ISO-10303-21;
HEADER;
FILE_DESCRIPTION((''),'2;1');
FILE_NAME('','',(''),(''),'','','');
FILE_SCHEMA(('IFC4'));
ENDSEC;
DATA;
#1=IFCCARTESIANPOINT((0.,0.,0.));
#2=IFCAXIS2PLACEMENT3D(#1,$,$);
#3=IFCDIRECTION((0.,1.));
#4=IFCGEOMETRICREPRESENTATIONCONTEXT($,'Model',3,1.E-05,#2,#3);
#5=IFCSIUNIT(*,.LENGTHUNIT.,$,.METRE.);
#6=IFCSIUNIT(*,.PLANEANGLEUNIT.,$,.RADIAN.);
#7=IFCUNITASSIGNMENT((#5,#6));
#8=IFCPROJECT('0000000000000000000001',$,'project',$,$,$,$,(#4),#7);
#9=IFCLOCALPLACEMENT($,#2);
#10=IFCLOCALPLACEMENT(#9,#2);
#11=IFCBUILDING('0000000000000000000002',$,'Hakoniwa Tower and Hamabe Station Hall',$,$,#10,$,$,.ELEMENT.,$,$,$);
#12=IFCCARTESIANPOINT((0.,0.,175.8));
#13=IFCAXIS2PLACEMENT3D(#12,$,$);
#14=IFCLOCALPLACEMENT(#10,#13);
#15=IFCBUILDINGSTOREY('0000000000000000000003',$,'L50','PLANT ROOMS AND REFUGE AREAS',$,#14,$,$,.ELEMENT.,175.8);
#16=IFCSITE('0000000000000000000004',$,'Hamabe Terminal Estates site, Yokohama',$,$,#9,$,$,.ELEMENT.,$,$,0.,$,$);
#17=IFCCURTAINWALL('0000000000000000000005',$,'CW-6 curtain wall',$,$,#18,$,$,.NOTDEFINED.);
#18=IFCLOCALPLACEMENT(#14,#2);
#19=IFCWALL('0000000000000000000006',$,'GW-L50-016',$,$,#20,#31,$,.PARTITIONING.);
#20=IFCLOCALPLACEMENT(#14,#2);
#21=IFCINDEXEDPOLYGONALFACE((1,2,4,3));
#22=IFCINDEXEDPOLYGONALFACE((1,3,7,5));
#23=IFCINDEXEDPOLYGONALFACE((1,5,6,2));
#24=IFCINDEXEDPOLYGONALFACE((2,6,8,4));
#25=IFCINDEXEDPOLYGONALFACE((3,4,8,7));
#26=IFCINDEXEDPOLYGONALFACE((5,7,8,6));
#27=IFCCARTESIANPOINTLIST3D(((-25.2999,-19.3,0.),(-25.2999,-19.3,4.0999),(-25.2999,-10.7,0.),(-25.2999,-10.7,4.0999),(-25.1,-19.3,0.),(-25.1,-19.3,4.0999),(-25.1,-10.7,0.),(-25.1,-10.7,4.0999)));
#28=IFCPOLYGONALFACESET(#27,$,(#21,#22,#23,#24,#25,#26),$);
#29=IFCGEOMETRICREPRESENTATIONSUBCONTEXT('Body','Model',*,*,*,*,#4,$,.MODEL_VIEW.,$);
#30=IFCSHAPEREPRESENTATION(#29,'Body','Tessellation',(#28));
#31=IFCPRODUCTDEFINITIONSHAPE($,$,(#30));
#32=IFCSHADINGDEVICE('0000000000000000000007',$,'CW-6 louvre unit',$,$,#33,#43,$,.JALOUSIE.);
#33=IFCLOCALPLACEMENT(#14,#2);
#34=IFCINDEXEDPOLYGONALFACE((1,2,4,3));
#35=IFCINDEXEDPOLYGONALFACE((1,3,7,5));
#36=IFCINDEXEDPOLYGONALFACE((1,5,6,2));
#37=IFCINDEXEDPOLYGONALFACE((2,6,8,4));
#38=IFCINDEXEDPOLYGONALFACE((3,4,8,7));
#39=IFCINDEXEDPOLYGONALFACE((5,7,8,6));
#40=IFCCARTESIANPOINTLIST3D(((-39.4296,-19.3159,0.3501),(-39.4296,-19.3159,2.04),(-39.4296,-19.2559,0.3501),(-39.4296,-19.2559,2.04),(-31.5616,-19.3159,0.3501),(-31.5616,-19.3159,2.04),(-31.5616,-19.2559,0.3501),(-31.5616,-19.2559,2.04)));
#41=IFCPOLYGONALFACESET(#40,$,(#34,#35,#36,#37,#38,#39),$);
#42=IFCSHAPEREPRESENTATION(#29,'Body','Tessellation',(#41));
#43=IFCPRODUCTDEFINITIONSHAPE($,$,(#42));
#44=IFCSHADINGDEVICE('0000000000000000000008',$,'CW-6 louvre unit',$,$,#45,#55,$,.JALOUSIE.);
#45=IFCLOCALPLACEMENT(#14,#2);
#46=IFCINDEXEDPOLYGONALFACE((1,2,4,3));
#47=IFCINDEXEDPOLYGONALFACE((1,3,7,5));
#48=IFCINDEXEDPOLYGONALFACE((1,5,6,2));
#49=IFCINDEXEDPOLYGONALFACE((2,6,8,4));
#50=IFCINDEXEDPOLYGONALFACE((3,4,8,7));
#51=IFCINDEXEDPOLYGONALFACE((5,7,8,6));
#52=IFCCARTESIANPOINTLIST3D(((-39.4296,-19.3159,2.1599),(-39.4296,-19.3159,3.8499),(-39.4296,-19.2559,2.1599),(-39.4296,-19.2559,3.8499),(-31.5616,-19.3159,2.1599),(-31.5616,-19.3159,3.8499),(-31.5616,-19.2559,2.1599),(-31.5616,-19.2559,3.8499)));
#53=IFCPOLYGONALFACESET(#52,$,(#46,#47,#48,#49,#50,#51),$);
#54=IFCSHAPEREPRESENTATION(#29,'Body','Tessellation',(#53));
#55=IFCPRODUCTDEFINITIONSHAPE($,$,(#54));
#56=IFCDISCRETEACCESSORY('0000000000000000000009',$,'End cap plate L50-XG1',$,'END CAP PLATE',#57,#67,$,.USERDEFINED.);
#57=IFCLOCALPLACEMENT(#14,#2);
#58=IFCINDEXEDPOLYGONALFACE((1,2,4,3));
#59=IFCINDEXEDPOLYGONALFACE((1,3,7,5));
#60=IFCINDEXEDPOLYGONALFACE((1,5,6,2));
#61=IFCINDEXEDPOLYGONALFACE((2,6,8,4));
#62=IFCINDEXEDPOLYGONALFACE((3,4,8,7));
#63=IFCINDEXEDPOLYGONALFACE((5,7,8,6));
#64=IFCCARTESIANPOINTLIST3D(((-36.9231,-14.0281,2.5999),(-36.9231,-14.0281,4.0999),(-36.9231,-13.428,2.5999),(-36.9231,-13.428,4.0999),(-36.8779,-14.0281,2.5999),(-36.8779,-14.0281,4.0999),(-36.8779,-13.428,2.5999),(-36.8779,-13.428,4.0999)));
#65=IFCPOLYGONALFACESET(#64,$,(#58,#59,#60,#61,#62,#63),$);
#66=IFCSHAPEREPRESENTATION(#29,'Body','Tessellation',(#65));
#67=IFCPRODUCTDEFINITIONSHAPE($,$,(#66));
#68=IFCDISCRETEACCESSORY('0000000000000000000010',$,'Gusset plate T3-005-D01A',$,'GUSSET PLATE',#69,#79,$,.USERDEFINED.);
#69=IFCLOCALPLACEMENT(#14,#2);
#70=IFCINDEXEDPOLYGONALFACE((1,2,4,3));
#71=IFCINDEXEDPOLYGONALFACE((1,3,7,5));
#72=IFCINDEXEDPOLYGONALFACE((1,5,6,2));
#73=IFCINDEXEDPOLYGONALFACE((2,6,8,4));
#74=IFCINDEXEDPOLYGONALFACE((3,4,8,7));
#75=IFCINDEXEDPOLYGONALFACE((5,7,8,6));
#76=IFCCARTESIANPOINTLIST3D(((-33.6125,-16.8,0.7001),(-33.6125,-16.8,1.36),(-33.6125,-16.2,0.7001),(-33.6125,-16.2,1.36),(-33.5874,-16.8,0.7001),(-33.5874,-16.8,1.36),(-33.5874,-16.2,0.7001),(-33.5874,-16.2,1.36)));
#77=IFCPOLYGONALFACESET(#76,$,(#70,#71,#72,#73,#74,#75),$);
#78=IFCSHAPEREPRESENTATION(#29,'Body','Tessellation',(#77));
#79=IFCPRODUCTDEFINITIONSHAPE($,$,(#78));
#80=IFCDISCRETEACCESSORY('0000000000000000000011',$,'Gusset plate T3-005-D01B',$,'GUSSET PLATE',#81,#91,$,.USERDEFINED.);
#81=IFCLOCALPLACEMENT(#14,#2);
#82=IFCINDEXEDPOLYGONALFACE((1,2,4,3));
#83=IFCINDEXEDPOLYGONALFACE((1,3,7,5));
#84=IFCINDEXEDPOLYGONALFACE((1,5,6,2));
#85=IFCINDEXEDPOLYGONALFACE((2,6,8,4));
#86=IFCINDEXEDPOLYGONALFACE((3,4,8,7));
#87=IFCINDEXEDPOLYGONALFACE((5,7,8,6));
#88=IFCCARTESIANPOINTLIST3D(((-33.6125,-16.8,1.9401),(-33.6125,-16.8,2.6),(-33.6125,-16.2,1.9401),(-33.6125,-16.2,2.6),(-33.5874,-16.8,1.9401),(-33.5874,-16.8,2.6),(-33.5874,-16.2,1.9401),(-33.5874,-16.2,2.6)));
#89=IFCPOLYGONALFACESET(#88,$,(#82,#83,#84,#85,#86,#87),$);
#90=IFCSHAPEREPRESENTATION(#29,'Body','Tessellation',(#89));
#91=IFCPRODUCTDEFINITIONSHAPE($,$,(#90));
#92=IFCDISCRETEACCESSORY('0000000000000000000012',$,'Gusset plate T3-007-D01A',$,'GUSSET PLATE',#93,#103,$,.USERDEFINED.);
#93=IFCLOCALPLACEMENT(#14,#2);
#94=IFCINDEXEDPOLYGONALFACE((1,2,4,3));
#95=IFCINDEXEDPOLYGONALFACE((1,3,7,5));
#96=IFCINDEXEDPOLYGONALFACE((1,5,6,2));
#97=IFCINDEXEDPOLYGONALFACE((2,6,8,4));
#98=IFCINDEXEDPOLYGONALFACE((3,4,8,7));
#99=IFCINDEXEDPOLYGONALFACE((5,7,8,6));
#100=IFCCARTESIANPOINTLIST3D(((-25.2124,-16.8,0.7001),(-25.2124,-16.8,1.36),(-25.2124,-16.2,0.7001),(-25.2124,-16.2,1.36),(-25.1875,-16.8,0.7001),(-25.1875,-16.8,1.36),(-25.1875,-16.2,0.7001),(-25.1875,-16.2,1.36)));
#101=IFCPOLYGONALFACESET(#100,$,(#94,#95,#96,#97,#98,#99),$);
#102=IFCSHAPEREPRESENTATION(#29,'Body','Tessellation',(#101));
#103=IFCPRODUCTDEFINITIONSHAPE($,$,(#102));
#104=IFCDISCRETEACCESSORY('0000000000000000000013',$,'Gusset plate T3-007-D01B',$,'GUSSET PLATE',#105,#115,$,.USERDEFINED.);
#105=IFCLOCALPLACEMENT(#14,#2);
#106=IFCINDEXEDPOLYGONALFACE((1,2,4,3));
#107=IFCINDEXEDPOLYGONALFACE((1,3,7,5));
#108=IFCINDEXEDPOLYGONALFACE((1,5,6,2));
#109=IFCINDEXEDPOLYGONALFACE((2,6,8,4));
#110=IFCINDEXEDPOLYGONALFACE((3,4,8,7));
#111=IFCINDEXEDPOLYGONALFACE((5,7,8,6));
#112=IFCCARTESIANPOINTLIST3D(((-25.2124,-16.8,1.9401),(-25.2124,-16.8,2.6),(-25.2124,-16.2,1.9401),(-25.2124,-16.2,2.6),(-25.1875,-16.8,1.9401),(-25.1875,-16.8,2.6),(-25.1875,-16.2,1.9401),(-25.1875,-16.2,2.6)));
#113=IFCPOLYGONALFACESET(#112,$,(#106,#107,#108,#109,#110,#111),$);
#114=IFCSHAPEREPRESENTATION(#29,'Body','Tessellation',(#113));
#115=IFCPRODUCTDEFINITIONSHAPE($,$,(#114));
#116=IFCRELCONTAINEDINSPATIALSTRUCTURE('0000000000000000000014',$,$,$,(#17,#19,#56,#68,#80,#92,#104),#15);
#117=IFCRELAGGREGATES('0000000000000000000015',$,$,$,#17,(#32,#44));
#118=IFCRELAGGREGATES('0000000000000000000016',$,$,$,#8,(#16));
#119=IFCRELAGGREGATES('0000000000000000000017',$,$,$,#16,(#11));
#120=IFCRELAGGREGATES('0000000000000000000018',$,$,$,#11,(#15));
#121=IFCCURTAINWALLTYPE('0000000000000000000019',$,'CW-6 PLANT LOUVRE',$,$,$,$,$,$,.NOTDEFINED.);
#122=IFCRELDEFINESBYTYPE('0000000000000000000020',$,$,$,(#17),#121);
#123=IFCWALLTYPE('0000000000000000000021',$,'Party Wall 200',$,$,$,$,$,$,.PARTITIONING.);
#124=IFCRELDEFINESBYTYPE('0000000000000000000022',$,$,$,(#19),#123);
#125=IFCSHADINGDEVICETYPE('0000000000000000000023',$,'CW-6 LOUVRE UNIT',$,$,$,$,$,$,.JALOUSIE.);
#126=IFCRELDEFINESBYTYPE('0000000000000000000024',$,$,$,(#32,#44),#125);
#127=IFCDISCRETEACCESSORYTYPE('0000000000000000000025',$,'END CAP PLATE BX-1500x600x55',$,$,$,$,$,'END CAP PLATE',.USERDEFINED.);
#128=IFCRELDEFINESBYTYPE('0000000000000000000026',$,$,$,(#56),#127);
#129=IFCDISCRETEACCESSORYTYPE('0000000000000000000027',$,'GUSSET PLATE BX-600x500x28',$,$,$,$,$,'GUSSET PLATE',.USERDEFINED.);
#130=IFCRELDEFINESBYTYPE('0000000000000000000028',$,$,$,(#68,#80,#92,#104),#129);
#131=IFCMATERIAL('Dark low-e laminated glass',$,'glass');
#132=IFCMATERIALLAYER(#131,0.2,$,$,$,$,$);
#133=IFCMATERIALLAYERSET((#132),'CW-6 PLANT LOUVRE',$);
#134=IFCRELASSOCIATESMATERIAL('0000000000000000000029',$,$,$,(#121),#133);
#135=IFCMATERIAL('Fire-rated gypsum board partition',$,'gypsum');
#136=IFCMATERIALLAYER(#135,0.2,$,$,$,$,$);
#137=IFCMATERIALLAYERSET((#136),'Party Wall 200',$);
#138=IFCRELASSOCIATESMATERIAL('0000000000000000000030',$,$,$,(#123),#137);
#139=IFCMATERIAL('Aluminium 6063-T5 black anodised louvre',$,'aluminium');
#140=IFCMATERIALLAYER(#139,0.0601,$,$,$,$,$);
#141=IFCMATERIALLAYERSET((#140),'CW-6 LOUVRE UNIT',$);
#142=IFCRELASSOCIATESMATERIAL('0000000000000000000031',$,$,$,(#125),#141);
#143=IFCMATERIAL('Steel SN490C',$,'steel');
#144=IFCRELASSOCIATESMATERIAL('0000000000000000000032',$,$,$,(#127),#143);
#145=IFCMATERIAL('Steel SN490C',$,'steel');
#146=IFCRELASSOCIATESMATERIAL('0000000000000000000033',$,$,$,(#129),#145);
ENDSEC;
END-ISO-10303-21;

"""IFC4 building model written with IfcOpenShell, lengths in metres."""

from ifc_helpers import new_model, si_unit, direction, frame, frame_2d, origin, origin_2d, place, context, subcontext, project, spatial, rectangle, extrude, material, layer, layer_set, material_profile, profile_set, type_object, element, aggregate, save


model = new_model("IFC4")

# Units and contexts
model_context = context("Model", 3, precision=1e-05, world=origin(), true_north=direction((0.0, 1.0)))
body_context = subcontext(model_context, "Body", "Model", "MODEL_VIEW")
ifc_project = project(units=[si_unit("LENGTHUNIT", "METRE"), si_unit("PLANEANGLEUNIT", "RADIAN")], contexts=[model_context])

# Site, building, storey
site_placement = place(None, origin())
site = spatial("IfcSite", under=ifc_project, at=site_placement, Name="Hamabe Terminal Estates site, Yokohama", CompositionType="ELEMENT", RefElevation=0.0)
building_placement = place(site_placement, origin())
building = spatial("IfcBuilding", under=site, at=building_placement, Name="Hakoniwa Tower and Hamabe Station Hall", CompositionType="ELEMENT")
storey_placement = place(building_placement, frame((0.0, 0.0, 175.8)))
storey = spatial("IfcBuildingStorey", under=building, at=storey_placement, Name="L50", Description="PLANT ROOMS AND REFUGE AREAS", CompositionType="ELEMENT", Elevation=175.8)

# Curtain wall
ifc_material_1 = material(Name="Dark low-e laminated glass", Category="glass")
ifc_layer_1 = layer(ifc_material_1, 0.2)
ifc_layer_set_1 = layer_set([ifc_layer_1], Name="CW-6 PLANT LOUVRE")
curtain_wall_type = type_object("IfcCurtainWallType", Name="CW-6 PLANT LOUVRE", PredefinedType="NOTDEFINED", material=ifc_layer_set_1)
curtain_wall_1_placement = place(storey_placement, origin())
curtain_wall_1 = element("IfcCurtainWall", 1, at=curtain_wall_1_placement, inside=storey, type_object=curtain_wall_type, Name="CW-6 curtain wall", PredefinedType="NOTDEFINED")

# Wall
ifc_material_2 = material(Name="Fire-rated gypsum board partition", Category="gypsum")
ifc_layer_2 = layer(ifc_material_2, 0.2)
ifc_layer_set_2 = layer_set([ifc_layer_2], Name="Party Wall 200")
wall_type = type_object("IfcWallType", Name="Party Wall 200", PredefinedType="PARTITIONING", material=ifc_layer_set_2)
for number, where, z_axis, x_axis, name in (
    (2, (-25.2, -19.3, 0.0), (0.0, 0.0, 1.0), (0.0, 1.0, 0.0), "GW-L50-016"),
):
    element("IfcWall", number, at=place(storey_placement, frame(where, z_axis=z_axis, x_axis=x_axis)), inside=storey, type_object=wall_type, Name=name, PredefinedType="PARTITIONING", context=body_context, shape_type="SweptSolid", body=[
        extrude(rectangle(XDim=8.6001, YDim=0.2, at=frame_2d((4.3, 0.0))), origin(), (0.0, 0.0, 1.0), 4.0999),
    ])

# Shading devices
ifc_material_3 = material(Name="Aluminium 6063-T5 black anodised louvre", Category="aluminium")
ifc_layer_3 = layer(ifc_material_3, 0.0601)
ifc_layer_set_3 = layer_set([ifc_layer_3], Name="CW-6 LOUVRE UNIT")
shading_device_type = type_object("IfcShadingDeviceType", Name="CW-6 LOUVRE UNIT", PredefinedType="JALOUSIE", material=ifc_layer_set_3)
shading_device_1_placement = place(storey_placement, frame((-35.4956, -19.2859, 0.3501), z_axis=(0.0, 0.0, 1.0), x_axis=(1.0, 0.0, 0.0)))
shading_device_1 = element("IfcShadingDevice", 3, at=shading_device_1_placement, type_object=shading_device_type, Name="CW-6 louvre unit", PredefinedType="JALOUSIE", context=body_context, shape_type="SweptSolid", body=[
    extrude(rectangle(XDim=7.8679, YDim=0.0601, at=origin_2d()), origin(), (0.0, 0.0, 1.0), 1.6899),
])
shading_device_2_placement = place(storey_placement, frame((-35.4956, -19.2859, 2.1599), z_axis=(0.0, 0.0, 1.0), x_axis=(1.0, 0.0, 0.0)))
shading_device_2 = element("IfcShadingDevice", 4, at=shading_device_2_placement, type_object=shading_device_type, Name="CW-6 louvre unit", PredefinedType="JALOUSIE", context=body_context, shape_type="SweptSolid", body=[
    extrude(rectangle(XDim=7.8679, YDim=0.0601, at=origin_2d()), origin(), (0.0, 0.0, 1.0), 1.6899),
])
aggregate(curtain_wall_1, [shading_device_1, shading_device_2])

# Discrete accessories
ifc_material_4 = material(Name="Steel SN490C", Category="steel")
ifc_material_profile_1 = material_profile(ifc_material_4, rectangle(XDim=0.6001, YDim=1.5, at=origin_2d()), Name="END CAP PLATE BX-1500x600x55")
ifc_profile_set_1 = profile_set([ifc_material_profile_1], Name="Steel SN490C")
discrete_accessory_type_1 = type_object("IfcDiscreteAccessoryType", Name="END CAP PLATE BX-1500x600x55", ElementType="END CAP PLATE", PredefinedType="USERDEFINED", material=ifc_profile_set_1)
discrete_accessory_placement = place(storey_placement, frame((-36.9231, -13.728, 3.3499), z_axis=(1.0, 0.0, 0.0), x_axis=(0.0, 1.0, 0.0)))
element("IfcDiscreteAccessory", 5, at=discrete_accessory_placement, inside=storey, type_object=discrete_accessory_type_1, Name="End cap plate L50-XG1", ObjectType="END CAP PLATE", PredefinedType="USERDEFINED", context=body_context, shape_type="SweptSolid", body=[
    extrude(rectangle(XDim=0.6001, YDim=1.5, at=origin_2d()), origin(), (0.0, 0.0, 1.0), 0.0452),
])
ifc_material_5 = material(Name="Steel SN490C", Category="steel")
ifc_material_profile_2 = material_profile(ifc_material_5, rectangle(XDim=0.6001, YDim=0.6599, at=origin_2d()), Name="GUSSET PLATE BX-600x500x28")
ifc_profile_set_2 = profile_set([ifc_material_profile_2], Name="Steel SN490C")
discrete_accessory_type_2 = type_object("IfcDiscreteAccessoryType", Name="GUSSET PLATE BX-600x500x28", ElementType="GUSSET PLATE", PredefinedType="USERDEFINED", material=ifc_profile_set_2)
for number, where, z_axis, x_axis, name in (
    (6, (-33.5874, -16.5, 1.03), (-1.0, 0.0, 0.0), (0.0, -1.0, 0.0), "Gusset plate T3-005-D01A"),
    (7, (-33.5874, -16.5, 2.27), (-1.0, 0.0, 0.0), (0.0, -1.0, 0.0), "Gusset plate T3-005-D01B"),
):
    element("IfcDiscreteAccessory", number, at=place(storey_placement, frame(where, z_axis=z_axis, x_axis=x_axis)), inside=storey, type_object=discrete_accessory_type_2, Name=name, ObjectType="GUSSET PLATE", PredefinedType="USERDEFINED", context=body_context, shape_type="SweptSolid", body=[
        extrude(rectangle(XDim=0.6001, YDim=0.6599, at=origin_2d()), origin(), (0.0, 0.0, 1.0), 0.0251),
    ])
for number, where, z_axis, x_axis, name in (
    (8, (-25.1875, -16.5, 1.03), (-1.0, 0.0, 0.0), (0.0, -1.0, 0.0), "Gusset plate T3-007-D01A"),
    (9, (-25.1875, -16.5, 2.27), (-1.0, 0.0, 0.0), (0.0, -1.0, 0.0), "Gusset plate T3-007-D01B"),
):
    element("IfcDiscreteAccessory", number, at=place(storey_placement, frame(where, z_axis=z_axis, x_axis=x_axis)), inside=storey, type_object=discrete_accessory_type_2, Name=name, ObjectType="GUSSET PLATE", PredefinedType="USERDEFINED", context=body_context, shape_type="SweptSolid", body=[
        extrude(rectangle(XDim=0.6001, YDim=0.6599, at=origin_2d()), origin(), (0.0, 0.0, 1.0), 0.0249),
    ])

save(model, "model.ifc")
